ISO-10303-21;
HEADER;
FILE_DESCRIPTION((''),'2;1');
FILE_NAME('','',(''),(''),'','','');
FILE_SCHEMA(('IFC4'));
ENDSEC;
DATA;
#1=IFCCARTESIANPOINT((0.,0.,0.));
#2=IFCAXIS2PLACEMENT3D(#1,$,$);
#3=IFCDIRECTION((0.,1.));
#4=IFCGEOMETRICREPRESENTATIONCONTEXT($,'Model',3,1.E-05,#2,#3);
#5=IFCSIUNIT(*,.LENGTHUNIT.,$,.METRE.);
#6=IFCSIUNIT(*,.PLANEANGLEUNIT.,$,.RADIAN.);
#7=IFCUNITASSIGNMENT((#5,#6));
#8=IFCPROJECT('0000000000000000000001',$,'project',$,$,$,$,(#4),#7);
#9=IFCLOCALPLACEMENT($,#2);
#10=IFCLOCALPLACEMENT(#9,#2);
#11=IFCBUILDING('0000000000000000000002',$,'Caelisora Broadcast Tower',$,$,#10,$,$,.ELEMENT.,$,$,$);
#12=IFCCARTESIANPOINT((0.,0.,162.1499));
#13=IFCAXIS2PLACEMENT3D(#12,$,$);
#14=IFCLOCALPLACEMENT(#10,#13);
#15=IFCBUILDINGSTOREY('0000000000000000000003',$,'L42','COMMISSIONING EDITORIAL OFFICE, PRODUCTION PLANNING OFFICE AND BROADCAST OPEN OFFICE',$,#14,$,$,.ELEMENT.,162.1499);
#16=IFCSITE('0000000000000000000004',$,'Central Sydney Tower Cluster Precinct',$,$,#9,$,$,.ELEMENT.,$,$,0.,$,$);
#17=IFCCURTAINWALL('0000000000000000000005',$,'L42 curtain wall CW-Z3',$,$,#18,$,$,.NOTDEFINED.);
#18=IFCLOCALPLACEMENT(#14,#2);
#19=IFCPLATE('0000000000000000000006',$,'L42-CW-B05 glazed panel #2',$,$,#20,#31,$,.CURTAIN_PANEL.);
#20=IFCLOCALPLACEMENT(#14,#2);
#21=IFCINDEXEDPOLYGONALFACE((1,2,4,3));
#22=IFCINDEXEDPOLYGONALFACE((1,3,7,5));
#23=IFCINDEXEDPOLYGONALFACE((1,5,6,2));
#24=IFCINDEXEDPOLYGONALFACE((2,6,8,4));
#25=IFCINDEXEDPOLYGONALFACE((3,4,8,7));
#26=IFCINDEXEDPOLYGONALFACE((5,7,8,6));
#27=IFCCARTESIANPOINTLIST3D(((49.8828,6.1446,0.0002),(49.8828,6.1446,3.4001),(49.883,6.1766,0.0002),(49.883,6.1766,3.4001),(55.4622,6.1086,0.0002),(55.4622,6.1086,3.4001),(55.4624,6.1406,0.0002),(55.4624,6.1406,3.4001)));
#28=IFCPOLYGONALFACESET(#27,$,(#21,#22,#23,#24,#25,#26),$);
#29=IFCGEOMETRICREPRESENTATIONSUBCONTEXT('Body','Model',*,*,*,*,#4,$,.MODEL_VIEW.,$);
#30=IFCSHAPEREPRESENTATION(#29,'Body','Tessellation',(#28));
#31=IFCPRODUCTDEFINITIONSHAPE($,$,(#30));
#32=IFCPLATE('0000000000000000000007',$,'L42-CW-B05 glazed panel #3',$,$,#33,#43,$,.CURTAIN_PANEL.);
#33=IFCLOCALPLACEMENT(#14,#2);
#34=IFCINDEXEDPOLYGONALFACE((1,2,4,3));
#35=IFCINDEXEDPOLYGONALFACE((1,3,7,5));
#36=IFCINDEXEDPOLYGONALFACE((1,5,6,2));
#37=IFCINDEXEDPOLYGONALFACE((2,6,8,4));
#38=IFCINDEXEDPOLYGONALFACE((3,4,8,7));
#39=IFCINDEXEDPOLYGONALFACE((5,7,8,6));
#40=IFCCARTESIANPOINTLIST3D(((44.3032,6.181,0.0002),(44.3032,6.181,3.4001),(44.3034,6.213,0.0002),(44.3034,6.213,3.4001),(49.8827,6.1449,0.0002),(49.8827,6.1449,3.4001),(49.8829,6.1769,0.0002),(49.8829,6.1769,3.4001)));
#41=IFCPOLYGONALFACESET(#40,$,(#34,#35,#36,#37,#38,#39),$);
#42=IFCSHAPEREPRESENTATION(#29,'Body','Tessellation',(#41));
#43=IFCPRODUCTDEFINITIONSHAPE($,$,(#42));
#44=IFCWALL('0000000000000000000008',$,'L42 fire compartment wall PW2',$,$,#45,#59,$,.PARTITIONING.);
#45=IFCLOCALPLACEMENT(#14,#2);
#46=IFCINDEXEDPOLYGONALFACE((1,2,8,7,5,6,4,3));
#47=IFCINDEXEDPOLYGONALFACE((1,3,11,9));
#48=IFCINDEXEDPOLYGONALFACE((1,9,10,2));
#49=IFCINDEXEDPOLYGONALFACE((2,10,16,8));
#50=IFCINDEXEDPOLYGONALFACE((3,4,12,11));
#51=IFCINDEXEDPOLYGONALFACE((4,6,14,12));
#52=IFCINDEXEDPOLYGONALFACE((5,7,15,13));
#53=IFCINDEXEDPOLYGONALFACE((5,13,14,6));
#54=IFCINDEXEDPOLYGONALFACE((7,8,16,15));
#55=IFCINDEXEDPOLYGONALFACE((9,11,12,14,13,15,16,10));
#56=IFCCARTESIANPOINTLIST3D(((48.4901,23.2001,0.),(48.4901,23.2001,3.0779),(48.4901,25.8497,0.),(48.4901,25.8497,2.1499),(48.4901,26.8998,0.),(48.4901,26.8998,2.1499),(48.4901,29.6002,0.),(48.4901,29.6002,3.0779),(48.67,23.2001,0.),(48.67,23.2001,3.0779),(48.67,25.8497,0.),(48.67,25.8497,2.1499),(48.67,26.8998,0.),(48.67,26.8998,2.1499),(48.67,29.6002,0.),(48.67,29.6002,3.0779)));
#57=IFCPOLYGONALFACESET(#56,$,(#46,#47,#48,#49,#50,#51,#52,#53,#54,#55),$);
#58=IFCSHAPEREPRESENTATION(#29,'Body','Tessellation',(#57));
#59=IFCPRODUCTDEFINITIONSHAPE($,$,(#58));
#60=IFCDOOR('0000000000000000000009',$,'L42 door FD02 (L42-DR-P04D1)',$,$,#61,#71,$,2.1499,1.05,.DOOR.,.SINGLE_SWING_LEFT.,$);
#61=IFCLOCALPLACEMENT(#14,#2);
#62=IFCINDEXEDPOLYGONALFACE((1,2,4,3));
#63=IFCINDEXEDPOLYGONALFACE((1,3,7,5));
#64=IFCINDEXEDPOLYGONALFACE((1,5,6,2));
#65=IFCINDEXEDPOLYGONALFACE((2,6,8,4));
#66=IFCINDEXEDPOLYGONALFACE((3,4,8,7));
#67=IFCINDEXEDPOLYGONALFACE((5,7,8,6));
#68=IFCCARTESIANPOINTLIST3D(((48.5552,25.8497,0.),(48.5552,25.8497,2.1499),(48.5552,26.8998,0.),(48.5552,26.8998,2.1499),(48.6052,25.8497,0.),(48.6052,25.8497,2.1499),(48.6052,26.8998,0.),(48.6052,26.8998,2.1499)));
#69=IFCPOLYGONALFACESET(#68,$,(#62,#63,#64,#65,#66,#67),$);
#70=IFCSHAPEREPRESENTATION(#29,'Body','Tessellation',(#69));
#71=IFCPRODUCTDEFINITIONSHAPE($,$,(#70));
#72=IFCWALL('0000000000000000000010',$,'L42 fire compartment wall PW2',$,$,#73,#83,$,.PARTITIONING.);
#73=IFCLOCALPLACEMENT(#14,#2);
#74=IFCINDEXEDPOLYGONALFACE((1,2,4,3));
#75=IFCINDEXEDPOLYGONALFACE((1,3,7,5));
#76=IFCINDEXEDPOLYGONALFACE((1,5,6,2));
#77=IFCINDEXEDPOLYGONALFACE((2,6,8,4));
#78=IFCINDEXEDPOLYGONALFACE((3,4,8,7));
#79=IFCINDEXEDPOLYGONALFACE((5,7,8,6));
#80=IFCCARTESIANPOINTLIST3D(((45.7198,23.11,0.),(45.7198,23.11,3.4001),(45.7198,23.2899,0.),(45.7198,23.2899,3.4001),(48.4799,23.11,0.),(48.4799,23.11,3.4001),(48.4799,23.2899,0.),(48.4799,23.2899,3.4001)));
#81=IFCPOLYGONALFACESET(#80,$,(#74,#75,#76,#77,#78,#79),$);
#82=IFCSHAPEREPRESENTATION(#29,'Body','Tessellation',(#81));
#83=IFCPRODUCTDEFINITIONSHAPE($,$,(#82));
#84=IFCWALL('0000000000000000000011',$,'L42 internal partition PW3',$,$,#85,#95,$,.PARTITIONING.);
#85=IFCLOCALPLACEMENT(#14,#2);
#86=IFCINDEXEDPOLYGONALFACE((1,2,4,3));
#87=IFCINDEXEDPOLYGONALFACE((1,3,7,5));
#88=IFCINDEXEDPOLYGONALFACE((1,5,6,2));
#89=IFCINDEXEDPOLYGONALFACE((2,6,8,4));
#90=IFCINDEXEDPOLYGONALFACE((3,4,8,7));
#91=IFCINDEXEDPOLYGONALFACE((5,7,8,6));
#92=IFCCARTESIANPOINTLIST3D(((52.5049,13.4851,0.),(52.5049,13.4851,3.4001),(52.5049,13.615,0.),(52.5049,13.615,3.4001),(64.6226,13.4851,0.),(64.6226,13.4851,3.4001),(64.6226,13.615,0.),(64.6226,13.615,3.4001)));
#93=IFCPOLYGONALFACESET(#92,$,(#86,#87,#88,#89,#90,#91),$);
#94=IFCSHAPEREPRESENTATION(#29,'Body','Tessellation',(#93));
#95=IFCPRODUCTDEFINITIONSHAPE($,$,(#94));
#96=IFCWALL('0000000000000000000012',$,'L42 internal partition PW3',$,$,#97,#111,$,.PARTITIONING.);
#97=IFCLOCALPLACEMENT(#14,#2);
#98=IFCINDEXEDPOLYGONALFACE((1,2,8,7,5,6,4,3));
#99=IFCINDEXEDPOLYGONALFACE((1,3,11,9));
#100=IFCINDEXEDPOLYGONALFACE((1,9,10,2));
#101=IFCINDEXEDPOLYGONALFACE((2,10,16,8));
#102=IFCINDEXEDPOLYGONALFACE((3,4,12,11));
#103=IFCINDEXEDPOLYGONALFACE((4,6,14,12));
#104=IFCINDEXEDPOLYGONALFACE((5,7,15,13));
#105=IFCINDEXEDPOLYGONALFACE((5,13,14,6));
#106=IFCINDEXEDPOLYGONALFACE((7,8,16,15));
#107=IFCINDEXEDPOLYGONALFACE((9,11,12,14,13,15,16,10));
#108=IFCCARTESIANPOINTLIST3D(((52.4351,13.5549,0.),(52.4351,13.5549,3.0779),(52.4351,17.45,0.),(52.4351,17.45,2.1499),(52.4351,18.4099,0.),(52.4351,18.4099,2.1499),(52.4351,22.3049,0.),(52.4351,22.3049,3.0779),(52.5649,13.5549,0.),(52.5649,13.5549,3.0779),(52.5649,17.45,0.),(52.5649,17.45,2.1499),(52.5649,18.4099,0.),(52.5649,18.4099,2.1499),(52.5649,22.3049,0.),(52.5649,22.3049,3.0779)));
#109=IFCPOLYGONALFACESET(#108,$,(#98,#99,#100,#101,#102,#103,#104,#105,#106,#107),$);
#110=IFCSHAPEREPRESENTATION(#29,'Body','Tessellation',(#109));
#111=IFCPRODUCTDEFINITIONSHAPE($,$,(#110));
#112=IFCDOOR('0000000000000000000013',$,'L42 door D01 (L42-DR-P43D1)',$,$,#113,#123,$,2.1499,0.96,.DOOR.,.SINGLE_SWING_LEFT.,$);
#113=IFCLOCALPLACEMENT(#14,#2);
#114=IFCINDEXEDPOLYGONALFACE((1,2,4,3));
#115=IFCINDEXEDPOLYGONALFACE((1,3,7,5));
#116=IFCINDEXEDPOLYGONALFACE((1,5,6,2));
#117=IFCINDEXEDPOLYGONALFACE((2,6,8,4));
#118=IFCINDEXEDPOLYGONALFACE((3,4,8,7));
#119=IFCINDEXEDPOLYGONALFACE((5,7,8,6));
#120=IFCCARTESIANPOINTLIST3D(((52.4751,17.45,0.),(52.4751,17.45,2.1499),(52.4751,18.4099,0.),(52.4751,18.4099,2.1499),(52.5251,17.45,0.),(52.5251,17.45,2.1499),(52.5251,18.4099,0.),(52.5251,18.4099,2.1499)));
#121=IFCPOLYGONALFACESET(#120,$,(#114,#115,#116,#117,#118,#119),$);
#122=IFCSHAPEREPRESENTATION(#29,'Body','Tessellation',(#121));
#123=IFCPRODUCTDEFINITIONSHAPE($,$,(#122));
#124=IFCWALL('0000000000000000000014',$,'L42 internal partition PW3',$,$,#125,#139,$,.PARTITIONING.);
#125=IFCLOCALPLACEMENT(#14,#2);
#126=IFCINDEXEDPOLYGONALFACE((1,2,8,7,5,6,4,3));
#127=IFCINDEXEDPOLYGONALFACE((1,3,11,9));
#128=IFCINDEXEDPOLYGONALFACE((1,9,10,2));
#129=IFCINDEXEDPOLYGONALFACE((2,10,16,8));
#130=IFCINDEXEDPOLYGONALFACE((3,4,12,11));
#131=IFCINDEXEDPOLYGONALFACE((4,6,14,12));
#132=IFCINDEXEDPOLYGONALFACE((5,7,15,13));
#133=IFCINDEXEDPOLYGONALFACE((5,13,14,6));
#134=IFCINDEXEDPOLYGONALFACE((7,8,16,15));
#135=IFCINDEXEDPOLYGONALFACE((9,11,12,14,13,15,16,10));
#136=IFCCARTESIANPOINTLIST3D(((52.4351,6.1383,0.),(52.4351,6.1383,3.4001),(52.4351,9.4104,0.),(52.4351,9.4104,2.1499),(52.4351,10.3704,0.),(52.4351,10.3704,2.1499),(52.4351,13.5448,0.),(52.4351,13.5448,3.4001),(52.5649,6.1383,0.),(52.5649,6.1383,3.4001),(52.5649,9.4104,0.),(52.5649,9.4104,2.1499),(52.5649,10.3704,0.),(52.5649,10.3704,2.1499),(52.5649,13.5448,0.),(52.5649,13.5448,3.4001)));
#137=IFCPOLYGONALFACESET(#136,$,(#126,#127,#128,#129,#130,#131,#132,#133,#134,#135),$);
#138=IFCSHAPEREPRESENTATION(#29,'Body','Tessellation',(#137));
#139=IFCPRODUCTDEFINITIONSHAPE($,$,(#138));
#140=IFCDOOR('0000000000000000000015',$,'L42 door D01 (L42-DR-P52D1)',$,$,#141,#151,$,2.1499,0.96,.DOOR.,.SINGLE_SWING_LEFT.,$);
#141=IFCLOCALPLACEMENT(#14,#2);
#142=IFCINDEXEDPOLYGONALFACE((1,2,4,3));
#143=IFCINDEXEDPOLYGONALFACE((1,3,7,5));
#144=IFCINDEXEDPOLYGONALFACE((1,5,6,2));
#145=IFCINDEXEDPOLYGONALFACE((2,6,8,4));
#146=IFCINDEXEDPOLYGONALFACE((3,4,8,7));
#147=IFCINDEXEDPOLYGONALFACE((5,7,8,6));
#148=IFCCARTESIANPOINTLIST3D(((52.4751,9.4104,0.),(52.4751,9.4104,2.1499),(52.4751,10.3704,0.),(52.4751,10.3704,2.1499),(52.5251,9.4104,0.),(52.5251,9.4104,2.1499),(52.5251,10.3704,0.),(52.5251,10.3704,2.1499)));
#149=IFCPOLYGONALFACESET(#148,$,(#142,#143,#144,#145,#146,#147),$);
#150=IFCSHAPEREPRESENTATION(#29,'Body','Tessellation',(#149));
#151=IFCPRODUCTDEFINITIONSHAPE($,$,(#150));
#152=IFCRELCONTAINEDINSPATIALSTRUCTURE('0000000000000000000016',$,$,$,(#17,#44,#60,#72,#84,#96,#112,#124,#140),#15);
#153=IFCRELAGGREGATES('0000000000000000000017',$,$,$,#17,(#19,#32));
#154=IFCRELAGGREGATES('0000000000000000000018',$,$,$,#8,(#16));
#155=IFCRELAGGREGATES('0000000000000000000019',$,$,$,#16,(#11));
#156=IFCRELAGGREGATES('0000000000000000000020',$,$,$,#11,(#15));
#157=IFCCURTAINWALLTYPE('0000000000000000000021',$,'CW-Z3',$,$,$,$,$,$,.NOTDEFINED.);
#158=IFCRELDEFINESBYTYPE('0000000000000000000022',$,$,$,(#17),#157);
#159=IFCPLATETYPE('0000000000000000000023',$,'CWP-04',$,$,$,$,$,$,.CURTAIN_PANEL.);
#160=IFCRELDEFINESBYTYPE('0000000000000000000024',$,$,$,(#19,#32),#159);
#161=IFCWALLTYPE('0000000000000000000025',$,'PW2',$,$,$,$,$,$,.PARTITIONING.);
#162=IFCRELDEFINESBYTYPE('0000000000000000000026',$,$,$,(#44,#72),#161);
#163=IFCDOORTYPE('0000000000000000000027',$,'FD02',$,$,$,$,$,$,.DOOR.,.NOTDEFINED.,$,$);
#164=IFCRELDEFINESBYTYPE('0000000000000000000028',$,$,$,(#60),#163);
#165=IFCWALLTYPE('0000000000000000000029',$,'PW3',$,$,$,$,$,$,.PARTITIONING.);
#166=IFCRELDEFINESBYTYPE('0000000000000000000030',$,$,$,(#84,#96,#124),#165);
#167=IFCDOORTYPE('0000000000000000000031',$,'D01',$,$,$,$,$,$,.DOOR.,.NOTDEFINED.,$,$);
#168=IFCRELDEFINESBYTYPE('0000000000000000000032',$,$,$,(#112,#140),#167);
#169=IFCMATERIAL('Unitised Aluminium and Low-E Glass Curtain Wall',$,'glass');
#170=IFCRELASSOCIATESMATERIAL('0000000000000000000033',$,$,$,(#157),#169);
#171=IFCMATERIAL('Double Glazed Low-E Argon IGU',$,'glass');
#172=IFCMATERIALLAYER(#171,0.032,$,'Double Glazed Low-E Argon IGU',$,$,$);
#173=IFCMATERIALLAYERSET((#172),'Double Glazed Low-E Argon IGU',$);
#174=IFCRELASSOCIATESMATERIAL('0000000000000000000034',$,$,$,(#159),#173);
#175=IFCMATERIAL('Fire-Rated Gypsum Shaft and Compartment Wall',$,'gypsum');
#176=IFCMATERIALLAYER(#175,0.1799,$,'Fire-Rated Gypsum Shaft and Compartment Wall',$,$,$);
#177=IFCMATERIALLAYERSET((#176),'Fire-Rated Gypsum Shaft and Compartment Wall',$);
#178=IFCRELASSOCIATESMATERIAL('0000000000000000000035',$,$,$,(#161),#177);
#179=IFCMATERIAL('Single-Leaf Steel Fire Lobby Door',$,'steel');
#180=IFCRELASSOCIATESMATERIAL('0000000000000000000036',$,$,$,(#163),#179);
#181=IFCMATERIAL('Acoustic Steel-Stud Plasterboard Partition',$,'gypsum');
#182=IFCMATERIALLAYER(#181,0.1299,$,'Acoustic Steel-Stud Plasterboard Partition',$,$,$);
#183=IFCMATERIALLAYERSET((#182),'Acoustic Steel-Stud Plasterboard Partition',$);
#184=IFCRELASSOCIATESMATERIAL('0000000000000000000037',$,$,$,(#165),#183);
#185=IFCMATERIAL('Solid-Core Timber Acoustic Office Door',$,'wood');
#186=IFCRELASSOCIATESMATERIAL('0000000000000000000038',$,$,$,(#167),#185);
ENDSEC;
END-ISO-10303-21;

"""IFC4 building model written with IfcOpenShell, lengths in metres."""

from ifc_helpers import new_model, si_unit, direction, frame, frame_2d, origin, origin_2d, place, context, subcontext, project, spatial, rectangle, extrude, source, transform, mapped, material, layer, layer_set, type_object, type_shapes, element, fill, aggregate, save


model = new_model("IFC4")

# Units and contexts
model_context = context("Model", 3, precision=1e-05, world=origin(), true_north=direction((0.0, 1.0)))
body_context = subcontext(model_context, "Body", "Model", "MODEL_VIEW")
ifc_project = project(units=[si_unit("LENGTHUNIT", "METRE"), si_unit("PLANEANGLEUNIT", "RADIAN")], contexts=[model_context])

# Site, building, storey
site_placement = place(None, origin())
site = spatial("IfcSite", under=ifc_project, at=site_placement, Name="Central Sydney Tower Cluster Precinct", CompositionType="ELEMENT", RefElevation=0.0)
building_placement = place(site_placement, origin())
building = spatial("IfcBuilding", under=site, at=building_placement, Name="Caelisora Broadcast Tower", CompositionType="ELEMENT")
storey_placement = place(building_placement, frame((0.0, 0.0, 162.1499)))
storey = spatial("IfcBuildingStorey", under=building, at=storey_placement, Name="L42", Description="COMMISSIONING EDITORIAL OFFICE, PRODUCTION PLANNING OFFICE AND BROADCAST OPEN OFFICE", CompositionType="ELEMENT", Elevation=162.1499)

# Curtain wall, plates
ifc_material_1 = material(Name="Unitised Aluminium and Low-E Glass Curtain Wall", Category="glass")
curtain_wall_type = type_object("IfcCurtainWallType", Name="CW-Z3", PredefinedType="NOTDEFINED", material=ifc_material_1)
curtain_wall_placement = place(storey_placement, origin())
curtain_wall = element("IfcCurtainWall", 1, at=curtain_wall_placement, inside=storey, type_object=curtain_wall_type, Name="L42 curtain wall CW-Z3", PredefinedType="NOTDEFINED")
ifc_material_2 = material(Name="Double Glazed Low-E Argon IGU", Category="glass")
ifc_layer_1 = layer(ifc_material_2, 0.032, Name="Double Glazed Low-E Argon IGU")
ifc_layer_set_1 = layer_set([ifc_layer_1], Name="Double Glazed Low-E Argon IGU")
plate_type = type_object("IfcPlateType", Name="CWP-04", PredefinedType="CURTAIN_PANEL", material=ifc_layer_set_1)
shared_shape_1 = source(origin(), body_context, "Body", "SweptSolid", [
    extrude(rectangle(XDim=5.5796, YDim=0.032, at=origin_2d()), origin(), (0.0, 0.0, 1.0), 3.3999),
])
type_shapes(plate_type, [shared_shape_1])
plate_1_placement = place(storey_placement, frame((52.6726, 6.1426, 0.0002), z_axis=(0.0, 0.0, 1.0), x_axis=(-0.999979, 0.006458, 0.0)))
plate_1 = element("IfcPlate", 2, at=plate_1_placement, type_object=plate_type, Name="L42-CW-B05 glazed panel #2", PredefinedType="CURTAIN_PANEL", context=body_context, shape_type="MappedRepresentation", body=[
    mapped(shared_shape_1, transform((0.0, 0.0, 0.0), scale=1.0)),
])
plate_2_placement = place(storey_placement, frame((47.093, 6.179, 0.0002), z_axis=(0.0, 0.0, 1.0), x_axis=(-0.999979, 0.006458, 0.0)))
plate_2 = element("IfcPlate", 3, at=plate_2_placement, type_object=plate_type, Name="L42-CW-B05 glazed panel #3", PredefinedType="CURTAIN_PANEL", context=body_context, shape_type="MappedRepresentation", body=[
    mapped(shared_shape_1, transform((0.0, 0.0, 0.0), scale=1.0)),
])
aggregate(curtain_wall, [plate_1, plate_2])

# Wall, opening, door
ifc_material_3 = material(Name="Fire-Rated Gypsum Shaft and Compartment Wall", Category="gypsum")
ifc_layer_2 = layer(ifc_material_3, 0.1799, Name="Fire-Rated Gypsum Shaft and Compartment Wall")
ifc_layer_set_2 = layer_set([ifc_layer_2], Name="Fire-Rated Gypsum Shaft and Compartment Wall")
wall_type_1 = type_object("IfcWallType", Name="PW2", PredefinedType="PARTITIONING", material=ifc_layer_set_2)
wall_1_placement = place(storey_placement, frame((48.5801, 23.2, 0.0), z_axis=(0.0, 0.0, 1.0), x_axis=(0.0, 1.0, 0.0)))
wall_1 = element("IfcWall", 4, at=wall_1_placement, inside=storey, type_object=wall_type_1, Name="L42 fire compartment wall PW2", PredefinedType="PARTITIONING", context=body_context, shape_type="SweptSolid", body=[
    extrude(rectangle(XDim=6.4001, YDim=0.1799, at=frame_2d((3.2002, 0.0))), origin(), (0.0, 0.0, 1.0), 3.0779),
])
opening_1_placement = place(wall_1_placement, frame((2.6499, 0.0, 0.0)))
opening_1 = element("IfcOpeningElement", 5, at=opening_1_placement, cuts=wall_1, PredefinedType="OPENING", context=body_context, shape_type="SweptSolid", body=[
    extrude(rectangle(XDim=1.05, YDim=2.1499, at=frame_2d((0.5249, 1.075))), frame((0.0, 0.1021, 0.0), z_axis=(0.0, -1.0, 0.0), x_axis=(1.0, 0.0, 0.0)), (0.0, 0.0, 1.0), 0.2039),
])
ifc_material_4 = material(Name="Single-Leaf Steel Fire Lobby Door", Category="steel")
door_type_1 = type_object("IfcDoorType", Name="FD02", OperationType="NOTDEFINED", PredefinedType="DOOR", material=ifc_material_4)
door_1_placement = place(opening_1_placement, origin())
door_1 = element("IfcDoor", 6, at=door_1_placement, inside=storey, type_object=door_type_1, Name="L42 door FD02 (L42-DR-P04D1)", OperationType="SINGLE_SWING_LEFT", OverallHeight=2.1499, OverallWidth=1.05, PredefinedType="DOOR", context=body_context, shape_type="SweptSolid", body=[
    extrude(rectangle(XDim=1.05, YDim=2.1499, at=frame_2d((0.5249, 1.075))), frame((0.0, 0.0249, 0.0), z_axis=(0.0, -1.0, 0.0), x_axis=(1.0, 0.0, 0.0)), (0.0, 0.0, 1.0), 0.05),
])
fill(opening_1, door_1)

# Walls
wall_2_placement = place(storey_placement, frame((45.72, 23.2, 0.0), z_axis=(0.0, 0.0, 1.0), x_axis=(1.0, 0.0, 0.0)))
element("IfcWall", 7, at=wall_2_placement, inside=storey, type_object=wall_type_1, Name="L42 fire compartment wall PW2", PredefinedType="PARTITIONING", context=body_context, shape_type="SweptSolid", body=[
    extrude(rectangle(XDim=2.76, YDim=0.1799, at=frame_2d((1.3799, 0.0))), origin(), (0.0, 0.0, 1.0), 3.4001),
])
ifc_material_5 = material(Name="Acoustic Steel-Stud Plasterboard Partition", Category="gypsum")
ifc_layer_3 = layer(ifc_material_5, 0.1299, Name="Acoustic Steel-Stud Plasterboard Partition")
ifc_layer_set_3 = layer_set([ifc_layer_3], Name="Acoustic Steel-Stud Plasterboard Partition")
wall_type_2 = type_object("IfcWallType", Name="PW3", PredefinedType="PARTITIONING", material=ifc_layer_set_3)
wall_3_placement = place(storey_placement, frame((52.5049, 13.55, 0.0), z_axis=(0.0, 0.0, 1.0), x_axis=(1.0, 0.0, 0.0)))
element("IfcWall", 8, at=wall_3_placement, inside=storey, type_object=wall_type_2, Name="L42 internal partition PW3", PredefinedType="PARTITIONING", context=body_context, shape_type="SweptSolid", body=[
    extrude(rectangle(XDim=12.1177, YDim=0.1299, at=frame_2d((6.0588, 0.0))), origin(), (0.0, 0.0, 1.0), 3.4001),
])

# Walls, openings, doors
wall_4_placement = place(storey_placement, frame((52.5, 13.5549, 0.0), z_axis=(0.0, 0.0, 1.0), x_axis=(0.0, 1.0, 0.0)))
wall_4 = element("IfcWall", 9, at=wall_4_placement, inside=storey, type_object=wall_type_2, Name="L42 internal partition PW3", PredefinedType="PARTITIONING", context=body_context, shape_type="SweptSolid", body=[
    extrude(rectangle(XDim=8.75, YDim=0.1299, at=frame_2d((4.375, 0.0))), origin(), (0.0, 0.0, 1.0), 3.0779),
])
opening_2_placement = place(wall_4_placement, frame((3.895, 0.0, 0.0)))
opening_2 = element("IfcOpeningElement", 10, at=opening_2_placement, cuts=wall_4, PredefinedType="OPENING", context=body_context, shape_type="SweptSolid", body=[
    extrude(rectangle(XDim=0.96, YDim=2.1499, at=frame_2d((0.48, 1.075))), frame((0.0, 0.0769, 0.0), z_axis=(0.0, -1.0, 0.0), x_axis=(1.0, 0.0, 0.0)), (0.0, 0.0, 1.0), 0.1538),
])
ifc_material_6 = material(Name="Solid-Core Timber Acoustic Office Door", Category="wood")
door_type_2 = type_object("IfcDoorType", Name="D01", OperationType="NOTDEFINED", PredefinedType="DOOR", material=ifc_material_6)
door_2_placement = place(opening_2_placement, origin())
door_2 = element("IfcDoor", 11, at=door_2_placement, inside=storey, type_object=door_type_2, Name="L42 door D01 (L42-DR-P43D1)", OperationType="SINGLE_SWING_LEFT", OverallHeight=2.1499, OverallWidth=0.96, PredefinedType="DOOR", context=body_context, shape_type="SweptSolid", body=[
    extrude(rectangle(XDim=0.96, YDim=2.1499, at=frame_2d((0.48, 1.075))), frame((0.0, 0.0249, 0.0), z_axis=(0.0, -1.0, 0.0), x_axis=(1.0, 0.0, 0.0)), (0.0, 0.0, 1.0), 0.05),
])
fill(opening_2, door_2)
wall_5_placement = place(storey_placement, frame((52.5, 6.1384, 0.0), z_axis=(0.0, 0.0, 1.0), x_axis=(0.0, 1.0, 0.0)))
wall_5 = element("IfcWall", 12, at=wall_5_placement, inside=storey, type_object=wall_type_2, Name="L42 internal partition PW3", PredefinedType="PARTITIONING", context=body_context, shape_type="SweptSolid", body=[
    extrude(rectangle(XDim=7.4065, YDim=0.1299, at=frame_2d((3.7031, 0.0))), origin(), (0.0, 0.0, 1.0), 3.4001),
])
opening_3_placement = place(wall_5_placement, frame((3.272, 0.0, 0.0)))
opening_3 = element("IfcOpeningElement", 13, at=opening_3_placement, cuts=wall_5, PredefinedType="OPENING", context=body_context, shape_type="SweptSolid", body=[
    extrude(rectangle(XDim=0.96, YDim=2.1499, at=frame_2d((0.48, 1.075))), frame((0.0, 0.0769, 0.0), z_axis=(0.0, -1.0, 0.0), x_axis=(1.0, 0.0, 0.0)), (0.0, 0.0, 1.0), 0.1538),
])
door_3_placement = place(opening_3_placement, origin())
door_3 = element("IfcDoor", 14, at=door_3_placement, inside=storey, type_object=door_type_2, Name="L42 door D01 (L42-DR-P52D1)", OperationType="SINGLE_SWING_LEFT", OverallHeight=2.1499, OverallWidth=0.96, PredefinedType="DOOR", context=body_context, shape_type="SweptSolid", body=[
    extrude(rectangle(XDim=0.96, YDim=2.1499, at=frame_2d((0.48, 1.075))), frame((0.0, 0.0249, 0.0), z_axis=(0.0, -1.0, 0.0), x_axis=(1.0, 0.0, 0.0)), (0.0, 0.0, 1.0), 0.05),
])
fill(opening_3, door_3)

save(model, "model.ifc")
